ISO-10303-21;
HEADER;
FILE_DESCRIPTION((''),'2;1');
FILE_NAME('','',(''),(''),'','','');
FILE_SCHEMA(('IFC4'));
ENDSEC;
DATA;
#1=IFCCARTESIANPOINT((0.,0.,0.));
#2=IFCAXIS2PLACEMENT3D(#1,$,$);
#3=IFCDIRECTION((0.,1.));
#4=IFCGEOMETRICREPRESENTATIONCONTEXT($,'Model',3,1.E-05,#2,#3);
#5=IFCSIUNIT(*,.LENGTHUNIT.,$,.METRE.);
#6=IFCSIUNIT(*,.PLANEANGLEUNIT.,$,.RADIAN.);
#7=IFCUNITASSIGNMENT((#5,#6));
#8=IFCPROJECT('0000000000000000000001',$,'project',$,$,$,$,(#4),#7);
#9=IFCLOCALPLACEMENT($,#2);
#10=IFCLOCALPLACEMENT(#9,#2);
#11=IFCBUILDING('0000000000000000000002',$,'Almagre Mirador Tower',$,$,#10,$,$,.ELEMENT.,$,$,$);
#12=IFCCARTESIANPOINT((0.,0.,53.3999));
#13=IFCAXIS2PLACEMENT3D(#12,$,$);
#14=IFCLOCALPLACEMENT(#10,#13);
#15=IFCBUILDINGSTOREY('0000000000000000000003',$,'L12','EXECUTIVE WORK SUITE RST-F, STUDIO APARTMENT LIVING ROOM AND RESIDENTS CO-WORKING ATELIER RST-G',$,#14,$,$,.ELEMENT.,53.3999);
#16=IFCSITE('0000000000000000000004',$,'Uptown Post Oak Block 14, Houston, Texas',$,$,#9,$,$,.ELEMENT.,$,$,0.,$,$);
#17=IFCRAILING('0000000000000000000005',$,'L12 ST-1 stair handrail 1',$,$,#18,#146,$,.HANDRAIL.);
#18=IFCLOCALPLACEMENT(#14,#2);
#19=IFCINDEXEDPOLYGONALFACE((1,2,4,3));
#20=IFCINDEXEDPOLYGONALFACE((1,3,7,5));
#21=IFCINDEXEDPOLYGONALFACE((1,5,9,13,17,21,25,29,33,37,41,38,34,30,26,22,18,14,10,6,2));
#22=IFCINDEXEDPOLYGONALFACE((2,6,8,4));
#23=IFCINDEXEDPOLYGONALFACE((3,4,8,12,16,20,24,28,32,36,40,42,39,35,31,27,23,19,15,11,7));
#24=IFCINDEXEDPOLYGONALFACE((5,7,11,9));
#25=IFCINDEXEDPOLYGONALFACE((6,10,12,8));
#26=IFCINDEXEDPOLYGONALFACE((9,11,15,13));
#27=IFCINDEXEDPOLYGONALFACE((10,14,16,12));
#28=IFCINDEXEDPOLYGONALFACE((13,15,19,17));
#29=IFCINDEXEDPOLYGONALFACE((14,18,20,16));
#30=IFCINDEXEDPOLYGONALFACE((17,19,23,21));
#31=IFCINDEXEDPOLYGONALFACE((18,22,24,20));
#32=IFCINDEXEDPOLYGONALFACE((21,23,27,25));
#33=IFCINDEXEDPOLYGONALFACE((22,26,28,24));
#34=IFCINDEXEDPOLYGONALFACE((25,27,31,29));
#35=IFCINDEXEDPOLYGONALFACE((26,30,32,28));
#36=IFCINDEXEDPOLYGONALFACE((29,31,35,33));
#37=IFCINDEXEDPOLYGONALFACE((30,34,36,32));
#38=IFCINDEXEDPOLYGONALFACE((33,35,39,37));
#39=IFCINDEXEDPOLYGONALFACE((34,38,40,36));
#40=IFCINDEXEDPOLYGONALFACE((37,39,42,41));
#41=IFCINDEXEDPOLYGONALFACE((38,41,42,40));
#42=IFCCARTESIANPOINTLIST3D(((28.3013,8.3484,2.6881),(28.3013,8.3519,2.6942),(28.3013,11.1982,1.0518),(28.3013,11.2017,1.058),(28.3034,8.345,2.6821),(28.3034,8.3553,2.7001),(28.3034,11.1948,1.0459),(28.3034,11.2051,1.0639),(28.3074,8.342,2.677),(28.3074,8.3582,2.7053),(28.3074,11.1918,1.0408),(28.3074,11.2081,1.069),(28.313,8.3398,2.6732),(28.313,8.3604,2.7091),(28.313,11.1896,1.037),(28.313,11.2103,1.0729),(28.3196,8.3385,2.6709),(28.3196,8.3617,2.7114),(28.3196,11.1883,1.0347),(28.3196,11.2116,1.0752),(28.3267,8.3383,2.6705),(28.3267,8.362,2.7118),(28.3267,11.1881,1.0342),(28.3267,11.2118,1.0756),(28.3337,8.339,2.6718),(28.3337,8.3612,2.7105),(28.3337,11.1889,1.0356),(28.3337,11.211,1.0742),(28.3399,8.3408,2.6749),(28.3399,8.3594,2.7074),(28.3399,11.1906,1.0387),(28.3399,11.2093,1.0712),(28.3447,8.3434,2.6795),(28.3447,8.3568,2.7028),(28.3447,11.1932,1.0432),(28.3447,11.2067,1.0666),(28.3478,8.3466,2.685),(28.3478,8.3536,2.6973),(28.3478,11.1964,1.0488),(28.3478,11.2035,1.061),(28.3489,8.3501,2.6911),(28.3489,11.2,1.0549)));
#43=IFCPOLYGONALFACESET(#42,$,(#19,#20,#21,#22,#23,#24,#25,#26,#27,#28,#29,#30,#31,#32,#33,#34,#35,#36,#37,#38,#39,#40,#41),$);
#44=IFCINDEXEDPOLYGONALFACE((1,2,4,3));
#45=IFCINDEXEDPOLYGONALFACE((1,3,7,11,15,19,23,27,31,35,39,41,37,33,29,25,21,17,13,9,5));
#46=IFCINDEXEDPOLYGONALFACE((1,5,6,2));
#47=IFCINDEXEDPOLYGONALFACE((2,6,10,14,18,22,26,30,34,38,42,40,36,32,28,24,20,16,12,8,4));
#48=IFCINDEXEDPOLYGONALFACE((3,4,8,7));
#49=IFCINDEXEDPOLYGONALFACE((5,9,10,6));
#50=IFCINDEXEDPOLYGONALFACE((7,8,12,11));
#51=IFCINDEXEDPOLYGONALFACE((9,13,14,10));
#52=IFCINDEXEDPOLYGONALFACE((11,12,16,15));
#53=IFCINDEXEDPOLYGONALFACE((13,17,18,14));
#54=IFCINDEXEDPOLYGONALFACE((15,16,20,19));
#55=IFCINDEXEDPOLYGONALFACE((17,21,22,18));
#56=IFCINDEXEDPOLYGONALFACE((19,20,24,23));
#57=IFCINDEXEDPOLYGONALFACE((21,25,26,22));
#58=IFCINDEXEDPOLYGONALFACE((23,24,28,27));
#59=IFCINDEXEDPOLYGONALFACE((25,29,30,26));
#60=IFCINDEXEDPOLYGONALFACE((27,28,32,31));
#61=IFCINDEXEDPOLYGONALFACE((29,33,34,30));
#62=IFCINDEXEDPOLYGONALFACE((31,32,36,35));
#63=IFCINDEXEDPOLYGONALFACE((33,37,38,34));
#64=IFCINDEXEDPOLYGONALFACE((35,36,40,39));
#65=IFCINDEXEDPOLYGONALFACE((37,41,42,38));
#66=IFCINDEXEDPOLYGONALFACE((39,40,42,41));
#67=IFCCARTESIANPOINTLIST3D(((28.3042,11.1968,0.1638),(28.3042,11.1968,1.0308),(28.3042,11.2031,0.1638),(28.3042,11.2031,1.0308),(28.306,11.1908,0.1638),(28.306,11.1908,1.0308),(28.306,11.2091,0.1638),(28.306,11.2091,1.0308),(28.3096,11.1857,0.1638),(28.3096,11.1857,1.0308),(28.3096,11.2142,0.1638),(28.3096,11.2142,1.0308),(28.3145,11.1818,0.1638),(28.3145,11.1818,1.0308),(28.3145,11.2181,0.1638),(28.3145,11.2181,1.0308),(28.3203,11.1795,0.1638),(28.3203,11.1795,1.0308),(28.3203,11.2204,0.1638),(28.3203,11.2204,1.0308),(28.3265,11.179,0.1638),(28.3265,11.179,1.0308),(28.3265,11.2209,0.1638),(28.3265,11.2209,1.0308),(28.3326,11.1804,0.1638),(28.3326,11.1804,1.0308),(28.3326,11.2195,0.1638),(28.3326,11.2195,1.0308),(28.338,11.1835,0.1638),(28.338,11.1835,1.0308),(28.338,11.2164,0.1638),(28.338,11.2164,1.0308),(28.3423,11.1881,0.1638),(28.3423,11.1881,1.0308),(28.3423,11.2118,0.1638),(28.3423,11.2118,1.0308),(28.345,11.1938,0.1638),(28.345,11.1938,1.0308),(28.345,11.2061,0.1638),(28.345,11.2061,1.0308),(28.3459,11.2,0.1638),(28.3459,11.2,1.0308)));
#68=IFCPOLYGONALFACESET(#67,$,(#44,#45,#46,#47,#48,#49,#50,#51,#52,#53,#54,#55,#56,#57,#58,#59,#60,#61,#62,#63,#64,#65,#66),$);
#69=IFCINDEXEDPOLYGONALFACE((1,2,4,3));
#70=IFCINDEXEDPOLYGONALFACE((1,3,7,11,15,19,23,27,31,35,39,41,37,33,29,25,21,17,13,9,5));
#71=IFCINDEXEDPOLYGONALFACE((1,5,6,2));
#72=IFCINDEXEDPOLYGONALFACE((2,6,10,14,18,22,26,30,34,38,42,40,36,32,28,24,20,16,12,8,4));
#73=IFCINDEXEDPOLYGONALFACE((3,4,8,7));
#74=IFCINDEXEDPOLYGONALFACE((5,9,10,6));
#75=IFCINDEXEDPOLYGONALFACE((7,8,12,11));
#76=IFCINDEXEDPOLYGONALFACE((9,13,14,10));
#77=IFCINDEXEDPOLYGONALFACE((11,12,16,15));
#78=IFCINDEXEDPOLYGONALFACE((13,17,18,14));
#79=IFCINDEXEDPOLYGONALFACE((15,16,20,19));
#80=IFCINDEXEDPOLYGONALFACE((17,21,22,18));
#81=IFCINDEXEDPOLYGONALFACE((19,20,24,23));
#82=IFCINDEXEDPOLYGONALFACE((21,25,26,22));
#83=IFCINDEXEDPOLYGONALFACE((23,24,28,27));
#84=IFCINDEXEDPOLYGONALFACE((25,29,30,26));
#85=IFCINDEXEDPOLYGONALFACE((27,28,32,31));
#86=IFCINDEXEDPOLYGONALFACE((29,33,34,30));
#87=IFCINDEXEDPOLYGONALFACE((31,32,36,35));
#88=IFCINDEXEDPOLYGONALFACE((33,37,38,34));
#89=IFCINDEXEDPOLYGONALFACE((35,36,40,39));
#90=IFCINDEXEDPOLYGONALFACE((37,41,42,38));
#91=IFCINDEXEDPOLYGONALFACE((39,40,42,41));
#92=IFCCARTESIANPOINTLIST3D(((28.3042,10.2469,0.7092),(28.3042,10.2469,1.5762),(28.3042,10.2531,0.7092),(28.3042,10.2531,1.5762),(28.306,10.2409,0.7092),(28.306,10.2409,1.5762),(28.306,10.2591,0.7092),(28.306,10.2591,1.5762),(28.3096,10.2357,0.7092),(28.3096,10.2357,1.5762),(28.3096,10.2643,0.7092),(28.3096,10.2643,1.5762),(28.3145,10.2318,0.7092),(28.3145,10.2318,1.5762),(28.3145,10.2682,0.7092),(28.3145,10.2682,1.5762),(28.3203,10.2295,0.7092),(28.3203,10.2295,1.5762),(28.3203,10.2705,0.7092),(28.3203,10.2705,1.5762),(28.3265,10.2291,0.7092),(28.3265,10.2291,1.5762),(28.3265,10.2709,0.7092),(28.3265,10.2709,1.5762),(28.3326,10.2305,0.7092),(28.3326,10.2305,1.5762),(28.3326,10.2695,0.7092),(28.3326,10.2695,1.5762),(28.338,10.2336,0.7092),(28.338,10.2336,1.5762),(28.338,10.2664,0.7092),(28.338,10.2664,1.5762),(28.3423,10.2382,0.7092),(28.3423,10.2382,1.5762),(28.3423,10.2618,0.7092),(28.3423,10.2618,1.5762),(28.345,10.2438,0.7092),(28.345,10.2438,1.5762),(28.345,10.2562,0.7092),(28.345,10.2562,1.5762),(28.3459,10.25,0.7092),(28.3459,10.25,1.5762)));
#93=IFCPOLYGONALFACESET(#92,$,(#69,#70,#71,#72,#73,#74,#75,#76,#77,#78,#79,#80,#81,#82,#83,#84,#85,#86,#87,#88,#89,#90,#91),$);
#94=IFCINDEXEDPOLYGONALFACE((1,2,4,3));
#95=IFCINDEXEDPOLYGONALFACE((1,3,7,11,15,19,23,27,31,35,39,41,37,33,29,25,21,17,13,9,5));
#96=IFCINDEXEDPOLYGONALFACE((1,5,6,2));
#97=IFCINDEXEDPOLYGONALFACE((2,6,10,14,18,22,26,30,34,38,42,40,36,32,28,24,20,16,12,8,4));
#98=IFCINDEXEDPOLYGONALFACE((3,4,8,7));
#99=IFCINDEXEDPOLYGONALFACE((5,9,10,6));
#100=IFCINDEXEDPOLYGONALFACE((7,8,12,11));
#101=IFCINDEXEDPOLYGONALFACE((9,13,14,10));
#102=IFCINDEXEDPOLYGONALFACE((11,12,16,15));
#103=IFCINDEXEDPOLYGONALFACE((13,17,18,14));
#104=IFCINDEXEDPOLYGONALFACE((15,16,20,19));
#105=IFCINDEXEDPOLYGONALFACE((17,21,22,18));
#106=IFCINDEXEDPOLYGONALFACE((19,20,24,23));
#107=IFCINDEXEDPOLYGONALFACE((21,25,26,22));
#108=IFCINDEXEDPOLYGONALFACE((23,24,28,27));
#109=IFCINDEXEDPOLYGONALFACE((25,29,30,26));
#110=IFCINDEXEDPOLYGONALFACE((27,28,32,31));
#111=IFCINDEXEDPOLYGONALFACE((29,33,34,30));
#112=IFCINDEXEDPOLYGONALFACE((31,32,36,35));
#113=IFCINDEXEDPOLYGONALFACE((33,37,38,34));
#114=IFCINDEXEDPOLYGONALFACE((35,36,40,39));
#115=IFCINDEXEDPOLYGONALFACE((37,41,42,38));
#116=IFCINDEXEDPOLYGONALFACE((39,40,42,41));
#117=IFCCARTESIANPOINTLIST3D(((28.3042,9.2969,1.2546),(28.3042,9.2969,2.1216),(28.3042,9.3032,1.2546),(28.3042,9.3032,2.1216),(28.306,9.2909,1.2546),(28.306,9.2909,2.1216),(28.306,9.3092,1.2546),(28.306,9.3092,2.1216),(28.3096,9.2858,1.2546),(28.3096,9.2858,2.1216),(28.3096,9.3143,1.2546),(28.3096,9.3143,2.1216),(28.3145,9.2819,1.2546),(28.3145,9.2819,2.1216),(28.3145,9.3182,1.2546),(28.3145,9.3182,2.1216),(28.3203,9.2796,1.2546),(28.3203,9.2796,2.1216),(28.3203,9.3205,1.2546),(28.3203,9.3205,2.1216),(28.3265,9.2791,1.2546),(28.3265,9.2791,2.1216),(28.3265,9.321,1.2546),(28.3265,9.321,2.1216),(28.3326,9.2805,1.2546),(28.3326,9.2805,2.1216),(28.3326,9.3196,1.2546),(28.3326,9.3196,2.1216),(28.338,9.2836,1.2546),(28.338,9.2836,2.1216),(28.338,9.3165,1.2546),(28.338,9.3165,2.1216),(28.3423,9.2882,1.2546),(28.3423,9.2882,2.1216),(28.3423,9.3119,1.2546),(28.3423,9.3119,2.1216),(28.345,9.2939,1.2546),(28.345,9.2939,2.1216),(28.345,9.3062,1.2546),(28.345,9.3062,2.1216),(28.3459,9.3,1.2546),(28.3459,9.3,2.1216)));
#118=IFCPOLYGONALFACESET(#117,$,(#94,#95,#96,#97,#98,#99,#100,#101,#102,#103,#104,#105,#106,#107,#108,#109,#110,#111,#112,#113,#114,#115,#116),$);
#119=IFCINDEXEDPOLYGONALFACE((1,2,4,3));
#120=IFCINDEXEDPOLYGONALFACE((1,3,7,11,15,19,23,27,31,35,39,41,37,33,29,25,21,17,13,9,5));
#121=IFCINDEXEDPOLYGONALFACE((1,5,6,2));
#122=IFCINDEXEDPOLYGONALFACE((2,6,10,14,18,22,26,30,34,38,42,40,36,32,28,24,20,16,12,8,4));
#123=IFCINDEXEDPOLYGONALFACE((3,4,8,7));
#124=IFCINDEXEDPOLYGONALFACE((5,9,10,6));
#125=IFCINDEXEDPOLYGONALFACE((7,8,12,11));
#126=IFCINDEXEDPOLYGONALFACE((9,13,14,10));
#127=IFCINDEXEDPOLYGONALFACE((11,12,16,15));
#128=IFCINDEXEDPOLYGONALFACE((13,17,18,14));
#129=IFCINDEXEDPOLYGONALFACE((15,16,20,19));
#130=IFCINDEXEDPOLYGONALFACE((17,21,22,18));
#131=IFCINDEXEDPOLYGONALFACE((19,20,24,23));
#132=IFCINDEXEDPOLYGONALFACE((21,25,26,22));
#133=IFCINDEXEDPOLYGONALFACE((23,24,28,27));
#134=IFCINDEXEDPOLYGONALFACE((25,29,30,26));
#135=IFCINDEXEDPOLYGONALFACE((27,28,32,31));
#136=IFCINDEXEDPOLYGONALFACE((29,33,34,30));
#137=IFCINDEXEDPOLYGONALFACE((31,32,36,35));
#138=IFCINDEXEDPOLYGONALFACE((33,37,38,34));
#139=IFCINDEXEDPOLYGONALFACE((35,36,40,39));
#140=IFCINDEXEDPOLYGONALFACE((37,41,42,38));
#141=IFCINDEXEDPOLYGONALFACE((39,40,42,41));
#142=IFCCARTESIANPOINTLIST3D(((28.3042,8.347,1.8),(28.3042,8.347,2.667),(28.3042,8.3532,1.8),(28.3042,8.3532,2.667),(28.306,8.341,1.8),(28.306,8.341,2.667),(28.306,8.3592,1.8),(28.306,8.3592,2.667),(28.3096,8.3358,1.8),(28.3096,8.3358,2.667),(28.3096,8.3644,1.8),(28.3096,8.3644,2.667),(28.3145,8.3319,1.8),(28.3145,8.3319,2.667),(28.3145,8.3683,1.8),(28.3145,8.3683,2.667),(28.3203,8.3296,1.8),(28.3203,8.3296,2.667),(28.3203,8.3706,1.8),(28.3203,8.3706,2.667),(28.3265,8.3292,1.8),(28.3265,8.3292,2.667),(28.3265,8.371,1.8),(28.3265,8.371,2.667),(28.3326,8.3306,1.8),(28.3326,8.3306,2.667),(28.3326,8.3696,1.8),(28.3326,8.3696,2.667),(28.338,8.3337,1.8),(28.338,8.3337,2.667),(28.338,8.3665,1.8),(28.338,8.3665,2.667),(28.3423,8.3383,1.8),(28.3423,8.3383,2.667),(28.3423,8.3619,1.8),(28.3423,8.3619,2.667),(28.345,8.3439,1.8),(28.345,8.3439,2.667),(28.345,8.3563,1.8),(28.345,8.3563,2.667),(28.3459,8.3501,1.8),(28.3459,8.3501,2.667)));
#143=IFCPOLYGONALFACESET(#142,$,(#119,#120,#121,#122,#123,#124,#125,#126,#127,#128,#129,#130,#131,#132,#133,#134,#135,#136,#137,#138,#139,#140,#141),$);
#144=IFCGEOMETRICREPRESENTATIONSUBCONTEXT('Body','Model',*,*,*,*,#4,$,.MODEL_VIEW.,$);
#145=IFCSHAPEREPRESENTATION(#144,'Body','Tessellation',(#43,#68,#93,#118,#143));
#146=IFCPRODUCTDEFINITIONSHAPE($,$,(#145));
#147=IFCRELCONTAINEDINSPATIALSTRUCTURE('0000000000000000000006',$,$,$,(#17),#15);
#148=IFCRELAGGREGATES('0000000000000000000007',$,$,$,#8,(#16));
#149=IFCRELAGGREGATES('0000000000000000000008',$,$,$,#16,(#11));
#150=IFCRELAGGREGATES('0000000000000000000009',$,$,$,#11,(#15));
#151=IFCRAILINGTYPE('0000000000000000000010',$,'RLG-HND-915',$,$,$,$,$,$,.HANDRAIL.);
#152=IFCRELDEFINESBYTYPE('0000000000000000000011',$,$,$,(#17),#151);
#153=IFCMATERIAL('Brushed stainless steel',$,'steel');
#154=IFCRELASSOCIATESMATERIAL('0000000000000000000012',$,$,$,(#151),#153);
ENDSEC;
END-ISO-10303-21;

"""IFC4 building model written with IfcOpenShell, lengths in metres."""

from ifc_helpers import new_model, si_unit, direction, frame, origin, origin_2d, place, context, subcontext, project, spatial, circle, extrude, material, type_object, element, save


model = new_model("IFC4")

# Units and contexts
model_context = context("Model", 3, precision=1e-05, world=origin(), true_north=direction((0.0, 1.0)))
body_context = subcontext(model_context, "Body", "Model", "MODEL_VIEW")
ifc_project = project(units=[si_unit("LENGTHUNIT", "METRE"), si_unit("PLANEANGLEUNIT", "RADIAN")], contexts=[model_context])

# Site, building, storey
site_placement = place(None, origin())
site = spatial("IfcSite", under=ifc_project, at=site_placement, Name="Uptown Post Oak Block 14, Houston, Texas", CompositionType="ELEMENT", RefElevation=0.0)
building_placement = place(site_placement, origin())
building = spatial("IfcBuilding", under=site, at=building_placement, Name="Almagre Mirador Tower", CompositionType="ELEMENT")
storey_placement = place(building_placement, frame((0.0, 0.0, 53.3999)))
storey = spatial("IfcBuildingStorey", under=building, at=storey_placement, Name="L12", Description="EXECUTIVE WORK SUITE RST-F, STUDIO APARTMENT LIVING ROOM AND RESIDENTS CO-WORKING ATELIER RST-G", CompositionType="ELEMENT", Elevation=53.3999)

# Railing
ifc_material_1 = material(Name="Brushed stainless steel", Category="steel")
railing_type_1 = type_object("IfcRailingType", Name="RLG-HND-915", PredefinedType="HANDRAIL", material=ifc_material_1)
railing_1_placement = place(storey_placement, frame((28.325, 11.2, 0.1638)))
element("IfcRailing", 1, at=railing_1_placement, inside=storey, type_object=railing_type_1, Name="L12 ST-1 stair handrail 1", PredefinedType="HANDRAIL", context=body_context, shape_type="SweptSolid", body=[
    extrude(circle(Radius=0.0239, at=origin_2d()), frame((0.0, 0.0, 0.8911), z_axis=(0.0, -0.867226, 0.497914), x_axis=(1.0, 0.0, 0.0)), (0.0, 0.0, 1.0), 3.2861),
    extrude(circle(Radius=0.021, at=origin_2d()), origin(), (0.0, 0.0, 1.0), 0.8669),
    extrude(circle(Radius=0.021, at=origin_2d()), frame((0.0, -0.95, 0.5454)), (0.0, 0.0, 1.0), 0.8669),
    extrude(circle(Radius=0.021, at=origin_2d()), frame((0.0, -1.8999, 1.0908)), (0.0, 0.0, 1.0), 0.8669),
    extrude(circle(Radius=0.021, at=origin_2d()), frame((0.0, -2.8499, 1.6362)), (0.0, 0.0, 1.0), 0.8669),
])

save(model, "model.ifc")
